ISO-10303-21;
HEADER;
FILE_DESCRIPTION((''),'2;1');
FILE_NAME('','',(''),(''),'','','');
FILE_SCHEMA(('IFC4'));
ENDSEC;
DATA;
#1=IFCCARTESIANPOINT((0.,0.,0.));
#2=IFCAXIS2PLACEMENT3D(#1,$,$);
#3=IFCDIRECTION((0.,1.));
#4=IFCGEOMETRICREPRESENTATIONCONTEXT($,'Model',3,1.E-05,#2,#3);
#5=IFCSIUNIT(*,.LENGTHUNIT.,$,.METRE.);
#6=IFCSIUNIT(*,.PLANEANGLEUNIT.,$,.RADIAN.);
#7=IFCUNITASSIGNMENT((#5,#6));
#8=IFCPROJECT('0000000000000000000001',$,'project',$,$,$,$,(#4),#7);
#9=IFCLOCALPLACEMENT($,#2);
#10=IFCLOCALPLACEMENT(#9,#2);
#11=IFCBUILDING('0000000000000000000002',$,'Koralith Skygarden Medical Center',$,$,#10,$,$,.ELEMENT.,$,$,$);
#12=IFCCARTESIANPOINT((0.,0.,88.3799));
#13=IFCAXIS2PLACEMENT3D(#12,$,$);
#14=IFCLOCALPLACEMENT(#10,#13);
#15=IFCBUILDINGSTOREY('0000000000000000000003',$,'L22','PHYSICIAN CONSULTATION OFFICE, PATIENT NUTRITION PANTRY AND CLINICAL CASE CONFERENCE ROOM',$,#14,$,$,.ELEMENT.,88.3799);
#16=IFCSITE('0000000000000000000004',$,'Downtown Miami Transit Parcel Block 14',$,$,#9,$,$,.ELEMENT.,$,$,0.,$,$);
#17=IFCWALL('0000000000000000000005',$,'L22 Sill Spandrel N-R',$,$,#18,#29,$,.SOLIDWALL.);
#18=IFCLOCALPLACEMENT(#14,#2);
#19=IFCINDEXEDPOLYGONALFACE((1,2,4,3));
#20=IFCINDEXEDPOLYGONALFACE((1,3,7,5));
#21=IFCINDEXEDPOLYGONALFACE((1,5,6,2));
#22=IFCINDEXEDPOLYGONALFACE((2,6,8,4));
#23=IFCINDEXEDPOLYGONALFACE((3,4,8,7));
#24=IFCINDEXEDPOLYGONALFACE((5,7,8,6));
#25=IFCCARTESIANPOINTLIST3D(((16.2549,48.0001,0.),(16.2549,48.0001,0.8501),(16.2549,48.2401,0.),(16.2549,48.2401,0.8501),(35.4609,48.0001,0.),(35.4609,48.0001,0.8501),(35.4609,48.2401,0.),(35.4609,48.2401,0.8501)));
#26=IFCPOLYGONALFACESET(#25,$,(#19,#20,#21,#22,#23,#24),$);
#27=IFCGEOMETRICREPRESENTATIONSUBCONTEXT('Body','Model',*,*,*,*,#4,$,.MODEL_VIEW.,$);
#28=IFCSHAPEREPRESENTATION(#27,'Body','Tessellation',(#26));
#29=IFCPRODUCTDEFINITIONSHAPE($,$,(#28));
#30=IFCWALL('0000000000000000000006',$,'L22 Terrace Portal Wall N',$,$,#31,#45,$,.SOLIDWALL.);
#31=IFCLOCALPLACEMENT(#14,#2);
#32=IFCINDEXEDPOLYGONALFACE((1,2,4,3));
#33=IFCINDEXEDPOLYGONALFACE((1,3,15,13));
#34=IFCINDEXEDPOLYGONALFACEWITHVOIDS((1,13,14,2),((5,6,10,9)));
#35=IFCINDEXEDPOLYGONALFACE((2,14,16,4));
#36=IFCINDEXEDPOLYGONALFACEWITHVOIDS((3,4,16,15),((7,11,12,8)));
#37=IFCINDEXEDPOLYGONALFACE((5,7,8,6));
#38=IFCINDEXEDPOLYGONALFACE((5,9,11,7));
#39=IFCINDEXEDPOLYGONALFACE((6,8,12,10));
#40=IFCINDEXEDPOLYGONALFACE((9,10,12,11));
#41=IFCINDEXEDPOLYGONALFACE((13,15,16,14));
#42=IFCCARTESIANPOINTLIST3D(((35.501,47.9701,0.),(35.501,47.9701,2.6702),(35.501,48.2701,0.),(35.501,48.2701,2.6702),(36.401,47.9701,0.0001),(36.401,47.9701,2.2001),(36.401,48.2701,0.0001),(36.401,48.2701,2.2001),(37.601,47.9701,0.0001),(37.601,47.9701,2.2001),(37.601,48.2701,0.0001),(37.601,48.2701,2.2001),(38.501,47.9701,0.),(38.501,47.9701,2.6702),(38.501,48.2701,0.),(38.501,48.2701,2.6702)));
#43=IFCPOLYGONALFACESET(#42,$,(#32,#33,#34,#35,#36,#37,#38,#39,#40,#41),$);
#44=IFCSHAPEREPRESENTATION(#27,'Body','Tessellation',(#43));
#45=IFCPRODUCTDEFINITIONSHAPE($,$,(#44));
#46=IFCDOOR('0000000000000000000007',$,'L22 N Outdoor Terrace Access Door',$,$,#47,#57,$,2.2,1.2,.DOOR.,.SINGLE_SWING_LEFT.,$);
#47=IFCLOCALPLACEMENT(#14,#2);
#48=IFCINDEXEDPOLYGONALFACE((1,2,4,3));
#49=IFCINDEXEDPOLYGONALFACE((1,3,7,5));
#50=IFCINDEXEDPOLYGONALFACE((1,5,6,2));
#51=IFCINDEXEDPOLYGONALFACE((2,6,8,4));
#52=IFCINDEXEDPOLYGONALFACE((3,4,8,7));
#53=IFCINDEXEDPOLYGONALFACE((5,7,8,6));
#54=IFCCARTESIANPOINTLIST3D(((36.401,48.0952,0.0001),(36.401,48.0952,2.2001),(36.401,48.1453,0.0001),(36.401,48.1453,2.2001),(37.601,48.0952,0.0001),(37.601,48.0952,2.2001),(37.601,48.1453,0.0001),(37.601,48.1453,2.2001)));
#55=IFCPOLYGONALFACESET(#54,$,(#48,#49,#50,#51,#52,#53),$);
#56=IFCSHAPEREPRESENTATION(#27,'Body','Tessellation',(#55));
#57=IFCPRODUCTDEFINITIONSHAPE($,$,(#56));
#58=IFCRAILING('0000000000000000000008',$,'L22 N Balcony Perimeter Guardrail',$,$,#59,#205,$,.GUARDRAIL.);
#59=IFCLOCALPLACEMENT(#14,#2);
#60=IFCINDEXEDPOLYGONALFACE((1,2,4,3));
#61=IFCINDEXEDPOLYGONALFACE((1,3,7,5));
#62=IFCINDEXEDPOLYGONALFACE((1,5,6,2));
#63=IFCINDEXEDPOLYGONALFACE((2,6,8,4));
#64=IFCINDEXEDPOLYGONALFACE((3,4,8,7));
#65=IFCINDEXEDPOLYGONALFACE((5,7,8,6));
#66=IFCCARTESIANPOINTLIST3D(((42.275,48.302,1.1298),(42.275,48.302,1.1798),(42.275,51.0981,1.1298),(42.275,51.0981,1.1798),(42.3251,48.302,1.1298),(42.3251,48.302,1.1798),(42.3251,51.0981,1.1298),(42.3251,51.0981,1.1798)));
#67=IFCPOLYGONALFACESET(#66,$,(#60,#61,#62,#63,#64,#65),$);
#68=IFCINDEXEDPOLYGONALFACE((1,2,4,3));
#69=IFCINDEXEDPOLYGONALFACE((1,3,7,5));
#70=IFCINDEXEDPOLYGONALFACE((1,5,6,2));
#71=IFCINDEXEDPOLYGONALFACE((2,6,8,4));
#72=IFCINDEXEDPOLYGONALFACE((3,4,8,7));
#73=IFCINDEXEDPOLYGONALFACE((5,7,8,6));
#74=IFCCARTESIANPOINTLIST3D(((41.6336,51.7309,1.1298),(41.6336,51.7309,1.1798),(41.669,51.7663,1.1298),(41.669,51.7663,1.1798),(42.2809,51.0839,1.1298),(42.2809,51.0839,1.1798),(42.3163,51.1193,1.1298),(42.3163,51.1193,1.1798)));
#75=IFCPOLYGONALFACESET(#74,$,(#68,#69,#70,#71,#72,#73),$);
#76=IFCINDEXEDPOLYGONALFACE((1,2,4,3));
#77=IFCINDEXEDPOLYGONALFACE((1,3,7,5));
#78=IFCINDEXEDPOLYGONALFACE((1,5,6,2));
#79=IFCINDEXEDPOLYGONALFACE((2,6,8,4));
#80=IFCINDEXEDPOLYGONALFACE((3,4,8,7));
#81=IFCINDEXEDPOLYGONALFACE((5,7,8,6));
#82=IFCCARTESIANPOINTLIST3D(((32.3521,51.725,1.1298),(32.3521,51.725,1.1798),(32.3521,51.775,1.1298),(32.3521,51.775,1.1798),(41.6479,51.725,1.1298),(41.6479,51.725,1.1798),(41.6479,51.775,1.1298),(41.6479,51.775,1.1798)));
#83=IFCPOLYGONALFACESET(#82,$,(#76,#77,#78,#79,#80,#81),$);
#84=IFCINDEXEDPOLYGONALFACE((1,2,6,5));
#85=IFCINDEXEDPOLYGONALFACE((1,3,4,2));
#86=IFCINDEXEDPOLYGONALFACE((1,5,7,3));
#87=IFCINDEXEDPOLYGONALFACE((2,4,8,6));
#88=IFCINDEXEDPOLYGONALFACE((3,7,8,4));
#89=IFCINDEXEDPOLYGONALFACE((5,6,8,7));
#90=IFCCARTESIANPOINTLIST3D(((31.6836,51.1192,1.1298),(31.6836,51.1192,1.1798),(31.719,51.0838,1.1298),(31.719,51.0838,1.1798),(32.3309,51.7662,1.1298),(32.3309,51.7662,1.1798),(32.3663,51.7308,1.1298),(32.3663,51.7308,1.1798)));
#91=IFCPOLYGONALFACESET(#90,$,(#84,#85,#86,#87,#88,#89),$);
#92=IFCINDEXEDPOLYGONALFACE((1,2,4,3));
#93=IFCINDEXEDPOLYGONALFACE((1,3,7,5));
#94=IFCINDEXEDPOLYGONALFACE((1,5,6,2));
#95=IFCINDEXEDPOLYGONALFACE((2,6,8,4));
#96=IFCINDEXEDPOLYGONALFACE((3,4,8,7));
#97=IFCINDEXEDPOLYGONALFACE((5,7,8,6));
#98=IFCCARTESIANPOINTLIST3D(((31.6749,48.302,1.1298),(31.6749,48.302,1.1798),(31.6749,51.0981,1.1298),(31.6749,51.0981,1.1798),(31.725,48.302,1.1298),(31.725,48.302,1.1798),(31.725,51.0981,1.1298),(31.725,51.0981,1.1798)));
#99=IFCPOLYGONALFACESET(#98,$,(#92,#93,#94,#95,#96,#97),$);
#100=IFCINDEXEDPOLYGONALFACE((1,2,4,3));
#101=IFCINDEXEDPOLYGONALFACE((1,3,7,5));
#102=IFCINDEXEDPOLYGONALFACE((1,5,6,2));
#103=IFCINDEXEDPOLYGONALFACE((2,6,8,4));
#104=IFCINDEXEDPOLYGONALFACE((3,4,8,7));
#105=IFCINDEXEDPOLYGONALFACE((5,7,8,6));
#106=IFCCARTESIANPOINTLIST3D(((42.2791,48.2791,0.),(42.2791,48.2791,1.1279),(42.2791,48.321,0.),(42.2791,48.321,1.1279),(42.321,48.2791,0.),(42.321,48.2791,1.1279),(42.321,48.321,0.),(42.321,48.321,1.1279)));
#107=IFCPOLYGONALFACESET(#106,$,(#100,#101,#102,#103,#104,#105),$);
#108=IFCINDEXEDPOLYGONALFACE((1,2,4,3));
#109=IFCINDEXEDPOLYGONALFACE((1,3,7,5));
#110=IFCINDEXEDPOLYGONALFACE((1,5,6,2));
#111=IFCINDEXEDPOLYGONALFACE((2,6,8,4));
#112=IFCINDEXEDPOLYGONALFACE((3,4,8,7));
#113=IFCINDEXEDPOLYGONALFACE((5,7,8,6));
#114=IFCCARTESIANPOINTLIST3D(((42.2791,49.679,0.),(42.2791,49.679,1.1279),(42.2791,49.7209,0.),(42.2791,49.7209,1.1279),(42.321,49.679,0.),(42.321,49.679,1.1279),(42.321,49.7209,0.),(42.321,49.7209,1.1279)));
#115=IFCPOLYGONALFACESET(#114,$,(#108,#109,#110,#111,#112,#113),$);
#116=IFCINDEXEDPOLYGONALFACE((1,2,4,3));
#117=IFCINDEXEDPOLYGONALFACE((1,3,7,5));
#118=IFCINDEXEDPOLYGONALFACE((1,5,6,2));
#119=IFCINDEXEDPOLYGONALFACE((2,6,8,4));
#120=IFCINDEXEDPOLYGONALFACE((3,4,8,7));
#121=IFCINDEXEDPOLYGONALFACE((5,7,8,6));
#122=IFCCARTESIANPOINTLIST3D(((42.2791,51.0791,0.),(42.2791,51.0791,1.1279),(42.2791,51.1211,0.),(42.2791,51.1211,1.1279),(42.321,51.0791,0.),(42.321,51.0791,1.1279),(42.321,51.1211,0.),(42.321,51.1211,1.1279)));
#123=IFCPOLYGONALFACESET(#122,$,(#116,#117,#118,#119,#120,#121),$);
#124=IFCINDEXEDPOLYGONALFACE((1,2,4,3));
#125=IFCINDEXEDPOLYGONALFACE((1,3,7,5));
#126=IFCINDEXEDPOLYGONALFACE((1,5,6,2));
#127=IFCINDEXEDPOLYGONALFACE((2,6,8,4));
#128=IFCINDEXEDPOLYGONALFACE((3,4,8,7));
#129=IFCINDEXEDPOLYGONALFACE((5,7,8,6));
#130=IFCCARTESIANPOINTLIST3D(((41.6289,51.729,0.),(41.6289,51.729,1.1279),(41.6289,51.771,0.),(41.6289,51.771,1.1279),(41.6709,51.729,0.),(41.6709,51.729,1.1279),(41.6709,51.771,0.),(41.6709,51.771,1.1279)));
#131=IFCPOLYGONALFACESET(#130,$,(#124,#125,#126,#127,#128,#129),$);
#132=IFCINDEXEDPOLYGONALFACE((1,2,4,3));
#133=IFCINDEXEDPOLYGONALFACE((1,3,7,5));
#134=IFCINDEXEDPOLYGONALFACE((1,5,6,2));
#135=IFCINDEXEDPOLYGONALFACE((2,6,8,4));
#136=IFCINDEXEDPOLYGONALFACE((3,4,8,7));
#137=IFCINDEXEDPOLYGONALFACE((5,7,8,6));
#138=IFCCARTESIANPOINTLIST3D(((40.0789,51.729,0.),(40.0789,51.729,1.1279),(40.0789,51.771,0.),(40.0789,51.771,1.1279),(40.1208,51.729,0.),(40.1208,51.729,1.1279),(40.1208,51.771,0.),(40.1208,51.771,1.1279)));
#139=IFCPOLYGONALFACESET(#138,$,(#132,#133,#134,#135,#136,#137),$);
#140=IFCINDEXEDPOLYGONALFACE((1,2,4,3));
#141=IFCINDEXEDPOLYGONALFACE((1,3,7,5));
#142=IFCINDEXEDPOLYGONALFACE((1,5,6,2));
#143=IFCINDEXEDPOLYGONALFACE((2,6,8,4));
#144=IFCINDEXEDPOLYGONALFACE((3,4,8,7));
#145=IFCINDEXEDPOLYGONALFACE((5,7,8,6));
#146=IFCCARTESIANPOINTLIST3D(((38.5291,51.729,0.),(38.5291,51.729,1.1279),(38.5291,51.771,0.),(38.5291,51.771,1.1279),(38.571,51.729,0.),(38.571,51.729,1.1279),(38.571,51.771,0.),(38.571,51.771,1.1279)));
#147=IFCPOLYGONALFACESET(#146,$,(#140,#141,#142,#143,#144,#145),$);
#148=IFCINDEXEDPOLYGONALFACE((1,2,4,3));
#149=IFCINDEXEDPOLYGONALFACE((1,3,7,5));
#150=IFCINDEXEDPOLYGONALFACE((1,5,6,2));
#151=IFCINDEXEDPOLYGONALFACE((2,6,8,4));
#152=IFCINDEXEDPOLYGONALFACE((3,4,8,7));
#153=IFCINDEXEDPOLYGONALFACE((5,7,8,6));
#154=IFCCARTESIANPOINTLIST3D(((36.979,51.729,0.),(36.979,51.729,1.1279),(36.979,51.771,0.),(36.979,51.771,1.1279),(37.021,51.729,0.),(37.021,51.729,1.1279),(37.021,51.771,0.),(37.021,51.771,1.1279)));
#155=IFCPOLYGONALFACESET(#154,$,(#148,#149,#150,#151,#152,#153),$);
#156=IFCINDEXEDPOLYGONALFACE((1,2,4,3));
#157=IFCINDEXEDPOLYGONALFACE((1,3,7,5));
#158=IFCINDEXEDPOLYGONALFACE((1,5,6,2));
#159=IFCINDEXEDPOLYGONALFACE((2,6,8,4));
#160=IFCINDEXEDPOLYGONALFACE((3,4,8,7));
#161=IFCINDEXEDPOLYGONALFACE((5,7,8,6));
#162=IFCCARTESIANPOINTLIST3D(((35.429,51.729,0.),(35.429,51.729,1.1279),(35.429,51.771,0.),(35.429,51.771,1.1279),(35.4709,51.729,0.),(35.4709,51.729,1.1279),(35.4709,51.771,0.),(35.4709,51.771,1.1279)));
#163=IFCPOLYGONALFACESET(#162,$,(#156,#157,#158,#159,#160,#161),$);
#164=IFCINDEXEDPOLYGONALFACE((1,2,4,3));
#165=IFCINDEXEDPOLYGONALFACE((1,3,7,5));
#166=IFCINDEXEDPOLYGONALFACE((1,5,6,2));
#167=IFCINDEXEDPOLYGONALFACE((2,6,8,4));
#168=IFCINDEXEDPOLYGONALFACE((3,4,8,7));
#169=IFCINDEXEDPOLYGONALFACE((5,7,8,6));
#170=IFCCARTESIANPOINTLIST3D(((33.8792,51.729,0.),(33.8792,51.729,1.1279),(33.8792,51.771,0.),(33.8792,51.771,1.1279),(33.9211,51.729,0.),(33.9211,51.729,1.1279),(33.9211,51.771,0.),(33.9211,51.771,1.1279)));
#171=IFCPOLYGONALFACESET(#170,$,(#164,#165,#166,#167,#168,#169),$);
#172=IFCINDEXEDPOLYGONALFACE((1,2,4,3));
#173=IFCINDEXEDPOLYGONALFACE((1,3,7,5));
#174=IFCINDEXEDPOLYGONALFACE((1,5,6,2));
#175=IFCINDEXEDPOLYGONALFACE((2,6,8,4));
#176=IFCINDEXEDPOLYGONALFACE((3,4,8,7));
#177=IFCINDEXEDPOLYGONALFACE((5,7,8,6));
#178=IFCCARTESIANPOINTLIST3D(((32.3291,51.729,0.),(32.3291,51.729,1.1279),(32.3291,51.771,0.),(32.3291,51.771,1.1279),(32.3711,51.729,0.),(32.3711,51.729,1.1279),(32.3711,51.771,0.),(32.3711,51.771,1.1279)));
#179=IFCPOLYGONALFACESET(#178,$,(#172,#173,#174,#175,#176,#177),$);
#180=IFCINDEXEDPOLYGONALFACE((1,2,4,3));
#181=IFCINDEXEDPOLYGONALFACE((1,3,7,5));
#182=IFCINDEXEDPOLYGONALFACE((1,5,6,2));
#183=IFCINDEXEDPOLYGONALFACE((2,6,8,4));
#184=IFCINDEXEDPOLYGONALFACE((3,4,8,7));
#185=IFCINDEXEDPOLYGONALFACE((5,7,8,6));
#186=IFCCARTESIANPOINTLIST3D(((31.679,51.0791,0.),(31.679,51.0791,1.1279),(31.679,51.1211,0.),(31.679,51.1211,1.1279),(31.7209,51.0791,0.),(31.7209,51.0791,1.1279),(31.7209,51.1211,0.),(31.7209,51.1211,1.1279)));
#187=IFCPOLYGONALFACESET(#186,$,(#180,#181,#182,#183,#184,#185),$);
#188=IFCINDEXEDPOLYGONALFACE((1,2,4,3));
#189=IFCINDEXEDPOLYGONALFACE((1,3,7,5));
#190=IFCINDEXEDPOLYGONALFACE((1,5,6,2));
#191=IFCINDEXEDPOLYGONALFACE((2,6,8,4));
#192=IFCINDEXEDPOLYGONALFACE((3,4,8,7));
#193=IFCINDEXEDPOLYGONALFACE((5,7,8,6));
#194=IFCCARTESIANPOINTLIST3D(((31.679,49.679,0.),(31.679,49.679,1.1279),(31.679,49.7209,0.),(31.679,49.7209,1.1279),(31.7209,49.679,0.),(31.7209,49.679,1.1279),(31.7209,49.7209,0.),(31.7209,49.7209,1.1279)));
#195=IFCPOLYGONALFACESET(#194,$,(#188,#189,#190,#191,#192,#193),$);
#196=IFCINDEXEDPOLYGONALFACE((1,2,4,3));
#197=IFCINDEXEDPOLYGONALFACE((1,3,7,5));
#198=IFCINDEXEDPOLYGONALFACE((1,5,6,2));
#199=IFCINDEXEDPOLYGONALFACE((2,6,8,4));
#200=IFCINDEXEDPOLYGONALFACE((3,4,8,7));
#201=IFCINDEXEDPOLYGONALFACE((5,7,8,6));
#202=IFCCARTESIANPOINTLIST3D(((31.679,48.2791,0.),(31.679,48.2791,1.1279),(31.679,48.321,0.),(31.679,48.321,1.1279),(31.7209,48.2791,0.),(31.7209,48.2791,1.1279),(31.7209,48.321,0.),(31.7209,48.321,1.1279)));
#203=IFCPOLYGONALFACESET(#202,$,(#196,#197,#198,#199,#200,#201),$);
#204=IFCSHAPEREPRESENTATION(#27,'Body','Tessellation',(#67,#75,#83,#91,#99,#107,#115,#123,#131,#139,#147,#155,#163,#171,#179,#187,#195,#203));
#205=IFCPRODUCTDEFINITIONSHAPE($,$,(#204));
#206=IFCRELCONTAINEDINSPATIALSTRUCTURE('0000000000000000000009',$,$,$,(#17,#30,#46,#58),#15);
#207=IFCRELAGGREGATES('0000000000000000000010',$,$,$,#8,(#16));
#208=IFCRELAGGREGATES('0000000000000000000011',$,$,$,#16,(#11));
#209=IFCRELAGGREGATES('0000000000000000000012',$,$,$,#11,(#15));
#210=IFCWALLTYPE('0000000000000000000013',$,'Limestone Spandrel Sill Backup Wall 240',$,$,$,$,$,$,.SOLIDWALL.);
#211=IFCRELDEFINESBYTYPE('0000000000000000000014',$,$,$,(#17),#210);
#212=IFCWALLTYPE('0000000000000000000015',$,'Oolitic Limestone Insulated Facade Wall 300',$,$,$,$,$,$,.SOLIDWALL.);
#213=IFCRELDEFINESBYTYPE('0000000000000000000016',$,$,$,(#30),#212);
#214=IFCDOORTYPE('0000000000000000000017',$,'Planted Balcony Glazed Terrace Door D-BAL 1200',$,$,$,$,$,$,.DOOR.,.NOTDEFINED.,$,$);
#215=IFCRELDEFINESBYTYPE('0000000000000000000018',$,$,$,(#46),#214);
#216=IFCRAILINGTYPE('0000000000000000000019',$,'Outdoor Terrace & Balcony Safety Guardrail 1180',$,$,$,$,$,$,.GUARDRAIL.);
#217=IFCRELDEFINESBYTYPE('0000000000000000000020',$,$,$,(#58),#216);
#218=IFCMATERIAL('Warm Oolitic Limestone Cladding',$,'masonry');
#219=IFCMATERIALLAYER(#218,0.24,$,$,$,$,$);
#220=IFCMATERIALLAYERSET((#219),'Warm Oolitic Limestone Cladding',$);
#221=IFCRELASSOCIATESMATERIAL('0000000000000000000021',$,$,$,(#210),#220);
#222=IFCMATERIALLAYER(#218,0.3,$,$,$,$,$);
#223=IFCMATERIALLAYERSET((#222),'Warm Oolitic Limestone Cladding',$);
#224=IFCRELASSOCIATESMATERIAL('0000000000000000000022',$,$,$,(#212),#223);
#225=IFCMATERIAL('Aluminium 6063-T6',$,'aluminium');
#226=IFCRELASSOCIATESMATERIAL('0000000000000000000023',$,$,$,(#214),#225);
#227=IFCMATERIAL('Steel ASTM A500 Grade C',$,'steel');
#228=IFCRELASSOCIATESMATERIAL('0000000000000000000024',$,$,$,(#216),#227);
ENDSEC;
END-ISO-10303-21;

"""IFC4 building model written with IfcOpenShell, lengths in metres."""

from ifc_helpers import new_model, si_unit, direction, frame, frame_2d, origin, origin_2d, place, context, subcontext, project, spatial, rectangle, extrude, material, layer, layer_set, type_object, element, fill, save


model = new_model("IFC4")

# Units and contexts
model_context = context("Model", 3, precision=1e-05, world=origin(), true_north=direction((0.0, 1.0)))
body_context = subcontext(model_context, "Body", "Model", "MODEL_VIEW")
ifc_project = project(units=[si_unit("LENGTHUNIT", "METRE"), si_unit("PLANEANGLEUNIT", "RADIAN")], contexts=[model_context])

# Site, building, storey
site_placement = place(None, origin())
site = spatial("IfcSite", under=ifc_project, at=site_placement, Name="Downtown Miami Transit Parcel Block 14", CompositionType="ELEMENT", RefElevation=0.0)
building_placement = place(site_placement, origin())
building = spatial("IfcBuilding", under=site, at=building_placement, Name="Koralith Skygarden Medical Center", CompositionType="ELEMENT")
storey_placement = place(building_placement, frame((0.0, 0.0, 88.3799)))
storey = spatial("IfcBuildingStorey", under=building, at=storey_placement, Name="L22", Description="PHYSICIAN CONSULTATION OFFICE, PATIENT NUTRITION PANTRY AND CLINICAL CASE CONFERENCE ROOM", CompositionType="ELEMENT", Elevation=88.3799)

# Shared definitions
ifc_material_1 = material(Name="Aluminium 6063-T6", Category="aluminium")

# Shared definitions
ifc_material_2 = material(Name="Steel ASTM A500 Grade C", Category="steel")

# Wall
ifc_material_3 = material(Name="Warm Oolitic Limestone Cladding", Category="masonry")
ifc_layer_1 = layer(ifc_material_3, 0.24)
ifc_layer_set_1 = layer_set([ifc_layer_1], Name="Warm Oolitic Limestone Cladding")
wall_type_1 = type_object("IfcWallType", Name="Limestone Spandrel Sill Backup Wall 240", PredefinedType="SOLIDWALL", material=ifc_layer_set_1)
wall_1_placement = place(storey_placement, frame((35.4609, 48.1201, 0.0), z_axis=(0.0, 0.0, 1.0), x_axis=(-1.0, 0.0, 0.0)))
element("IfcWall", 1, at=wall_1_placement, inside=storey, type_object=wall_type_1, Name="L22 Sill Spandrel N-R", PredefinedType="SOLIDWALL", context=body_context, shape_type="SweptSolid", body=[
    extrude(rectangle(XDim=19.2061, YDim=0.24, at=frame_2d((9.603, 0.0))), origin(), (0.0, 0.0, 1.0), 0.8501),
])

# Wall, opening, door
ifc_layer_2 = layer(ifc_material_3, 0.3)
ifc_layer_set_2 = layer_set([ifc_layer_2], Name="Warm Oolitic Limestone Cladding")
wall_type_2 = type_object("IfcWallType", Name="Oolitic Limestone Insulated Facade Wall 300", PredefinedType="SOLIDWALL", material=ifc_layer_set_2)
wall_2_placement = place(storey_placement, frame((38.501, 48.1201, 0.0), z_axis=(0.0, 0.0, 1.0), x_axis=(-1.0, 0.0, 0.0)))
wall_2 = element("IfcWall", 2, at=wall_2_placement, inside=storey, type_object=wall_type_2, Name="L22 Terrace Portal Wall N", PredefinedType="SOLIDWALL", context=body_context, shape_type="SweptSolid", body=[
    extrude(rectangle(XDim=3.0, YDim=0.3, at=frame_2d((1.5, 0.0))), origin(), (0.0, 0.0, 1.0), 2.6702),
])
opening_1_placement = place(wall_2_placement, frame((0.8999, 0.0, 0.0)))
opening_1 = element("IfcOpeningElement", 3, at=opening_1_placement, cuts=wall_2, PredefinedType="OPENING", context=body_context, shape_type="SweptSolid", body=[
    extrude(rectangle(XDim=1.2, YDim=2.2, at=frame_2d((0.6001, 1.1001))), frame((0.0, 0.1599, 0.0), z_axis=(0.0, -1.0, 0.0), x_axis=(1.0, 0.0, 0.0)), (0.0, 0.0, 1.0), 0.3201),
])
door_type_1 = type_object("IfcDoorType", Name="Planted Balcony Glazed Terrace Door D-BAL 1200", OperationType="NOTDEFINED", PredefinedType="DOOR", material=ifc_material_1)
door_1_placement = place(opening_1_placement, origin())
door_1 = element("IfcDoor", 4, at=door_1_placement, inside=storey, type_object=door_type_1, Name="L22 N Outdoor Terrace Access Door", OperationType="SINGLE_SWING_LEFT", OverallHeight=2.2, OverallWidth=1.2, PredefinedType="DOOR", context=body_context, shape_type="SweptSolid", body=[
    extrude(rectangle(XDim=1.2, YDim=2.2, at=frame_2d((0.6001, 1.1001))), frame((0.0, 0.0249, 0.0), z_axis=(0.0, -1.0, 0.0), x_axis=(1.0, 0.0, 0.0)), (0.0, 0.0, 1.0), 0.05),
])
fill(opening_1, door_1)

# Railing
railing_type = type_object("IfcRailingType", Name="Outdoor Terrace & Balcony Safety Guardrail 1180", PredefinedType="GUARDRAIL", material=ifc_material_2)
railing_placement = place(storey_placement, frame((42.3, 48.3, 0.0)))
element("IfcRailing", 5, at=railing_placement, inside=storey, type_object=railing_type, Name="L22 N Balcony Perimeter Guardrail", PredefinedType="GUARDRAIL", context=body_context, shape_type="SweptSolid", body=[
    extrude(rectangle(XDim=0.05, YDim=0.05, at=origin_2d()), frame((0.0, 0.002, 1.1548), z_axis=(0.0, 1.0, 0.0), x_axis=(-1.0, 0.0, 0.0)), (0.0, 0.0, 1.0), 2.7961),
    extrude(rectangle(XDim=0.05, YDim=0.05, at=origin_2d()), frame((-0.0015, 2.8015, 1.1548), z_axis=(-0.70724, 0.706974, 0.0), x_axis=(-0.706974, -0.70724, 0.0)), (0.0, 0.0, 1.0), 0.9153),
    extrude(rectangle(XDim=0.05, YDim=0.05, at=origin_2d()), frame((-0.6521, 3.45, 1.1548), z_axis=(-1.0, 0.0, 0.0), x_axis=(0.0, -1.0, 0.0)), (0.0, 0.0, 1.0), 9.2959),
    extrude(rectangle(XDim=0.05, YDim=0.05, at=origin_2d()), frame((-9.9514, 3.4485, 1.1548), z_axis=(-0.70724, -0.706974, 0.0), x_axis=(0.706974, -0.70724, 0.0)), (0.0, 0.0, 1.0), 0.9153),
    extrude(rectangle(XDim=0.05, YDim=0.05, at=origin_2d()), frame((-10.6001, 2.7981, 1.1548), z_axis=(0.0, -1.0, 0.0), x_axis=(1.0, 0.0, 0.0)), (0.0, 0.0, 1.0), 2.7961),
    extrude(rectangle(XDim=0.042, YDim=0.042, at=origin_2d()), origin(), (0.0, 0.0, 1.0), 1.1279),
    extrude(rectangle(XDim=0.042, YDim=0.042, at=origin_2d()), frame((0.0, 1.3999, 0.0)), (0.0, 0.0, 1.0), 1.1279),
    extrude(rectangle(XDim=0.042, YDim=0.042, at=origin_2d()), frame((0.0, 2.8, 0.0)), (0.0, 0.0, 1.0), 1.1279),
    extrude(rectangle(XDim=0.042, YDim=0.042, at=origin_2d()), frame((-0.6501, 3.45, 0.0)), (0.0, 0.0, 1.0), 1.1279),
    extrude(rectangle(XDim=0.042, YDim=0.042, at=origin_2d()), frame((-2.2002, 3.45, 0.0)), (0.0, 0.0, 1.0), 1.1279),
    extrude(rectangle(XDim=0.042, YDim=0.042, at=origin_2d()), frame((-3.75, 3.45, 0.0)), (0.0, 0.0, 1.0), 1.1279),
    extrude(rectangle(XDim=0.042, YDim=0.042, at=origin_2d()), frame((-5.3, 3.45, 0.0)), (0.0, 0.0, 1.0), 1.1279),
    extrude(rectangle(XDim=0.042, YDim=0.042, at=origin_2d()), frame((-6.8501, 3.45, 0.0)), (0.0, 0.0, 1.0), 1.1279),
    extrude(rectangle(XDim=0.042, YDim=0.042, at=origin_2d()), frame((-8.3999, 3.45, 0.0)), (0.0, 0.0, 1.0), 1.1279),
    extrude(rectangle(XDim=0.042, YDim=0.042, at=origin_2d()), frame((-9.95, 3.45, 0.0)), (0.0, 0.0, 1.0), 1.1279),
    extrude(rectangle(XDim=0.042, YDim=0.042, at=origin_2d()), frame((-10.6001, 2.8, 0.0)), (0.0, 0.0, 1.0), 1.1279),
    extrude(rectangle(XDim=0.042, YDim=0.042, at=origin_2d()), frame((-10.6001, 1.3999, 0.0)), (0.0, 0.0, 1.0), 1.1279),
    extrude(rectangle(XDim=0.042, YDim=0.042, at=origin_2d()), frame((-10.6001, 0.0, 0.0)), (0.0, 0.0, 1.0), 1.1279),
])

save(model, "model.ifc")
